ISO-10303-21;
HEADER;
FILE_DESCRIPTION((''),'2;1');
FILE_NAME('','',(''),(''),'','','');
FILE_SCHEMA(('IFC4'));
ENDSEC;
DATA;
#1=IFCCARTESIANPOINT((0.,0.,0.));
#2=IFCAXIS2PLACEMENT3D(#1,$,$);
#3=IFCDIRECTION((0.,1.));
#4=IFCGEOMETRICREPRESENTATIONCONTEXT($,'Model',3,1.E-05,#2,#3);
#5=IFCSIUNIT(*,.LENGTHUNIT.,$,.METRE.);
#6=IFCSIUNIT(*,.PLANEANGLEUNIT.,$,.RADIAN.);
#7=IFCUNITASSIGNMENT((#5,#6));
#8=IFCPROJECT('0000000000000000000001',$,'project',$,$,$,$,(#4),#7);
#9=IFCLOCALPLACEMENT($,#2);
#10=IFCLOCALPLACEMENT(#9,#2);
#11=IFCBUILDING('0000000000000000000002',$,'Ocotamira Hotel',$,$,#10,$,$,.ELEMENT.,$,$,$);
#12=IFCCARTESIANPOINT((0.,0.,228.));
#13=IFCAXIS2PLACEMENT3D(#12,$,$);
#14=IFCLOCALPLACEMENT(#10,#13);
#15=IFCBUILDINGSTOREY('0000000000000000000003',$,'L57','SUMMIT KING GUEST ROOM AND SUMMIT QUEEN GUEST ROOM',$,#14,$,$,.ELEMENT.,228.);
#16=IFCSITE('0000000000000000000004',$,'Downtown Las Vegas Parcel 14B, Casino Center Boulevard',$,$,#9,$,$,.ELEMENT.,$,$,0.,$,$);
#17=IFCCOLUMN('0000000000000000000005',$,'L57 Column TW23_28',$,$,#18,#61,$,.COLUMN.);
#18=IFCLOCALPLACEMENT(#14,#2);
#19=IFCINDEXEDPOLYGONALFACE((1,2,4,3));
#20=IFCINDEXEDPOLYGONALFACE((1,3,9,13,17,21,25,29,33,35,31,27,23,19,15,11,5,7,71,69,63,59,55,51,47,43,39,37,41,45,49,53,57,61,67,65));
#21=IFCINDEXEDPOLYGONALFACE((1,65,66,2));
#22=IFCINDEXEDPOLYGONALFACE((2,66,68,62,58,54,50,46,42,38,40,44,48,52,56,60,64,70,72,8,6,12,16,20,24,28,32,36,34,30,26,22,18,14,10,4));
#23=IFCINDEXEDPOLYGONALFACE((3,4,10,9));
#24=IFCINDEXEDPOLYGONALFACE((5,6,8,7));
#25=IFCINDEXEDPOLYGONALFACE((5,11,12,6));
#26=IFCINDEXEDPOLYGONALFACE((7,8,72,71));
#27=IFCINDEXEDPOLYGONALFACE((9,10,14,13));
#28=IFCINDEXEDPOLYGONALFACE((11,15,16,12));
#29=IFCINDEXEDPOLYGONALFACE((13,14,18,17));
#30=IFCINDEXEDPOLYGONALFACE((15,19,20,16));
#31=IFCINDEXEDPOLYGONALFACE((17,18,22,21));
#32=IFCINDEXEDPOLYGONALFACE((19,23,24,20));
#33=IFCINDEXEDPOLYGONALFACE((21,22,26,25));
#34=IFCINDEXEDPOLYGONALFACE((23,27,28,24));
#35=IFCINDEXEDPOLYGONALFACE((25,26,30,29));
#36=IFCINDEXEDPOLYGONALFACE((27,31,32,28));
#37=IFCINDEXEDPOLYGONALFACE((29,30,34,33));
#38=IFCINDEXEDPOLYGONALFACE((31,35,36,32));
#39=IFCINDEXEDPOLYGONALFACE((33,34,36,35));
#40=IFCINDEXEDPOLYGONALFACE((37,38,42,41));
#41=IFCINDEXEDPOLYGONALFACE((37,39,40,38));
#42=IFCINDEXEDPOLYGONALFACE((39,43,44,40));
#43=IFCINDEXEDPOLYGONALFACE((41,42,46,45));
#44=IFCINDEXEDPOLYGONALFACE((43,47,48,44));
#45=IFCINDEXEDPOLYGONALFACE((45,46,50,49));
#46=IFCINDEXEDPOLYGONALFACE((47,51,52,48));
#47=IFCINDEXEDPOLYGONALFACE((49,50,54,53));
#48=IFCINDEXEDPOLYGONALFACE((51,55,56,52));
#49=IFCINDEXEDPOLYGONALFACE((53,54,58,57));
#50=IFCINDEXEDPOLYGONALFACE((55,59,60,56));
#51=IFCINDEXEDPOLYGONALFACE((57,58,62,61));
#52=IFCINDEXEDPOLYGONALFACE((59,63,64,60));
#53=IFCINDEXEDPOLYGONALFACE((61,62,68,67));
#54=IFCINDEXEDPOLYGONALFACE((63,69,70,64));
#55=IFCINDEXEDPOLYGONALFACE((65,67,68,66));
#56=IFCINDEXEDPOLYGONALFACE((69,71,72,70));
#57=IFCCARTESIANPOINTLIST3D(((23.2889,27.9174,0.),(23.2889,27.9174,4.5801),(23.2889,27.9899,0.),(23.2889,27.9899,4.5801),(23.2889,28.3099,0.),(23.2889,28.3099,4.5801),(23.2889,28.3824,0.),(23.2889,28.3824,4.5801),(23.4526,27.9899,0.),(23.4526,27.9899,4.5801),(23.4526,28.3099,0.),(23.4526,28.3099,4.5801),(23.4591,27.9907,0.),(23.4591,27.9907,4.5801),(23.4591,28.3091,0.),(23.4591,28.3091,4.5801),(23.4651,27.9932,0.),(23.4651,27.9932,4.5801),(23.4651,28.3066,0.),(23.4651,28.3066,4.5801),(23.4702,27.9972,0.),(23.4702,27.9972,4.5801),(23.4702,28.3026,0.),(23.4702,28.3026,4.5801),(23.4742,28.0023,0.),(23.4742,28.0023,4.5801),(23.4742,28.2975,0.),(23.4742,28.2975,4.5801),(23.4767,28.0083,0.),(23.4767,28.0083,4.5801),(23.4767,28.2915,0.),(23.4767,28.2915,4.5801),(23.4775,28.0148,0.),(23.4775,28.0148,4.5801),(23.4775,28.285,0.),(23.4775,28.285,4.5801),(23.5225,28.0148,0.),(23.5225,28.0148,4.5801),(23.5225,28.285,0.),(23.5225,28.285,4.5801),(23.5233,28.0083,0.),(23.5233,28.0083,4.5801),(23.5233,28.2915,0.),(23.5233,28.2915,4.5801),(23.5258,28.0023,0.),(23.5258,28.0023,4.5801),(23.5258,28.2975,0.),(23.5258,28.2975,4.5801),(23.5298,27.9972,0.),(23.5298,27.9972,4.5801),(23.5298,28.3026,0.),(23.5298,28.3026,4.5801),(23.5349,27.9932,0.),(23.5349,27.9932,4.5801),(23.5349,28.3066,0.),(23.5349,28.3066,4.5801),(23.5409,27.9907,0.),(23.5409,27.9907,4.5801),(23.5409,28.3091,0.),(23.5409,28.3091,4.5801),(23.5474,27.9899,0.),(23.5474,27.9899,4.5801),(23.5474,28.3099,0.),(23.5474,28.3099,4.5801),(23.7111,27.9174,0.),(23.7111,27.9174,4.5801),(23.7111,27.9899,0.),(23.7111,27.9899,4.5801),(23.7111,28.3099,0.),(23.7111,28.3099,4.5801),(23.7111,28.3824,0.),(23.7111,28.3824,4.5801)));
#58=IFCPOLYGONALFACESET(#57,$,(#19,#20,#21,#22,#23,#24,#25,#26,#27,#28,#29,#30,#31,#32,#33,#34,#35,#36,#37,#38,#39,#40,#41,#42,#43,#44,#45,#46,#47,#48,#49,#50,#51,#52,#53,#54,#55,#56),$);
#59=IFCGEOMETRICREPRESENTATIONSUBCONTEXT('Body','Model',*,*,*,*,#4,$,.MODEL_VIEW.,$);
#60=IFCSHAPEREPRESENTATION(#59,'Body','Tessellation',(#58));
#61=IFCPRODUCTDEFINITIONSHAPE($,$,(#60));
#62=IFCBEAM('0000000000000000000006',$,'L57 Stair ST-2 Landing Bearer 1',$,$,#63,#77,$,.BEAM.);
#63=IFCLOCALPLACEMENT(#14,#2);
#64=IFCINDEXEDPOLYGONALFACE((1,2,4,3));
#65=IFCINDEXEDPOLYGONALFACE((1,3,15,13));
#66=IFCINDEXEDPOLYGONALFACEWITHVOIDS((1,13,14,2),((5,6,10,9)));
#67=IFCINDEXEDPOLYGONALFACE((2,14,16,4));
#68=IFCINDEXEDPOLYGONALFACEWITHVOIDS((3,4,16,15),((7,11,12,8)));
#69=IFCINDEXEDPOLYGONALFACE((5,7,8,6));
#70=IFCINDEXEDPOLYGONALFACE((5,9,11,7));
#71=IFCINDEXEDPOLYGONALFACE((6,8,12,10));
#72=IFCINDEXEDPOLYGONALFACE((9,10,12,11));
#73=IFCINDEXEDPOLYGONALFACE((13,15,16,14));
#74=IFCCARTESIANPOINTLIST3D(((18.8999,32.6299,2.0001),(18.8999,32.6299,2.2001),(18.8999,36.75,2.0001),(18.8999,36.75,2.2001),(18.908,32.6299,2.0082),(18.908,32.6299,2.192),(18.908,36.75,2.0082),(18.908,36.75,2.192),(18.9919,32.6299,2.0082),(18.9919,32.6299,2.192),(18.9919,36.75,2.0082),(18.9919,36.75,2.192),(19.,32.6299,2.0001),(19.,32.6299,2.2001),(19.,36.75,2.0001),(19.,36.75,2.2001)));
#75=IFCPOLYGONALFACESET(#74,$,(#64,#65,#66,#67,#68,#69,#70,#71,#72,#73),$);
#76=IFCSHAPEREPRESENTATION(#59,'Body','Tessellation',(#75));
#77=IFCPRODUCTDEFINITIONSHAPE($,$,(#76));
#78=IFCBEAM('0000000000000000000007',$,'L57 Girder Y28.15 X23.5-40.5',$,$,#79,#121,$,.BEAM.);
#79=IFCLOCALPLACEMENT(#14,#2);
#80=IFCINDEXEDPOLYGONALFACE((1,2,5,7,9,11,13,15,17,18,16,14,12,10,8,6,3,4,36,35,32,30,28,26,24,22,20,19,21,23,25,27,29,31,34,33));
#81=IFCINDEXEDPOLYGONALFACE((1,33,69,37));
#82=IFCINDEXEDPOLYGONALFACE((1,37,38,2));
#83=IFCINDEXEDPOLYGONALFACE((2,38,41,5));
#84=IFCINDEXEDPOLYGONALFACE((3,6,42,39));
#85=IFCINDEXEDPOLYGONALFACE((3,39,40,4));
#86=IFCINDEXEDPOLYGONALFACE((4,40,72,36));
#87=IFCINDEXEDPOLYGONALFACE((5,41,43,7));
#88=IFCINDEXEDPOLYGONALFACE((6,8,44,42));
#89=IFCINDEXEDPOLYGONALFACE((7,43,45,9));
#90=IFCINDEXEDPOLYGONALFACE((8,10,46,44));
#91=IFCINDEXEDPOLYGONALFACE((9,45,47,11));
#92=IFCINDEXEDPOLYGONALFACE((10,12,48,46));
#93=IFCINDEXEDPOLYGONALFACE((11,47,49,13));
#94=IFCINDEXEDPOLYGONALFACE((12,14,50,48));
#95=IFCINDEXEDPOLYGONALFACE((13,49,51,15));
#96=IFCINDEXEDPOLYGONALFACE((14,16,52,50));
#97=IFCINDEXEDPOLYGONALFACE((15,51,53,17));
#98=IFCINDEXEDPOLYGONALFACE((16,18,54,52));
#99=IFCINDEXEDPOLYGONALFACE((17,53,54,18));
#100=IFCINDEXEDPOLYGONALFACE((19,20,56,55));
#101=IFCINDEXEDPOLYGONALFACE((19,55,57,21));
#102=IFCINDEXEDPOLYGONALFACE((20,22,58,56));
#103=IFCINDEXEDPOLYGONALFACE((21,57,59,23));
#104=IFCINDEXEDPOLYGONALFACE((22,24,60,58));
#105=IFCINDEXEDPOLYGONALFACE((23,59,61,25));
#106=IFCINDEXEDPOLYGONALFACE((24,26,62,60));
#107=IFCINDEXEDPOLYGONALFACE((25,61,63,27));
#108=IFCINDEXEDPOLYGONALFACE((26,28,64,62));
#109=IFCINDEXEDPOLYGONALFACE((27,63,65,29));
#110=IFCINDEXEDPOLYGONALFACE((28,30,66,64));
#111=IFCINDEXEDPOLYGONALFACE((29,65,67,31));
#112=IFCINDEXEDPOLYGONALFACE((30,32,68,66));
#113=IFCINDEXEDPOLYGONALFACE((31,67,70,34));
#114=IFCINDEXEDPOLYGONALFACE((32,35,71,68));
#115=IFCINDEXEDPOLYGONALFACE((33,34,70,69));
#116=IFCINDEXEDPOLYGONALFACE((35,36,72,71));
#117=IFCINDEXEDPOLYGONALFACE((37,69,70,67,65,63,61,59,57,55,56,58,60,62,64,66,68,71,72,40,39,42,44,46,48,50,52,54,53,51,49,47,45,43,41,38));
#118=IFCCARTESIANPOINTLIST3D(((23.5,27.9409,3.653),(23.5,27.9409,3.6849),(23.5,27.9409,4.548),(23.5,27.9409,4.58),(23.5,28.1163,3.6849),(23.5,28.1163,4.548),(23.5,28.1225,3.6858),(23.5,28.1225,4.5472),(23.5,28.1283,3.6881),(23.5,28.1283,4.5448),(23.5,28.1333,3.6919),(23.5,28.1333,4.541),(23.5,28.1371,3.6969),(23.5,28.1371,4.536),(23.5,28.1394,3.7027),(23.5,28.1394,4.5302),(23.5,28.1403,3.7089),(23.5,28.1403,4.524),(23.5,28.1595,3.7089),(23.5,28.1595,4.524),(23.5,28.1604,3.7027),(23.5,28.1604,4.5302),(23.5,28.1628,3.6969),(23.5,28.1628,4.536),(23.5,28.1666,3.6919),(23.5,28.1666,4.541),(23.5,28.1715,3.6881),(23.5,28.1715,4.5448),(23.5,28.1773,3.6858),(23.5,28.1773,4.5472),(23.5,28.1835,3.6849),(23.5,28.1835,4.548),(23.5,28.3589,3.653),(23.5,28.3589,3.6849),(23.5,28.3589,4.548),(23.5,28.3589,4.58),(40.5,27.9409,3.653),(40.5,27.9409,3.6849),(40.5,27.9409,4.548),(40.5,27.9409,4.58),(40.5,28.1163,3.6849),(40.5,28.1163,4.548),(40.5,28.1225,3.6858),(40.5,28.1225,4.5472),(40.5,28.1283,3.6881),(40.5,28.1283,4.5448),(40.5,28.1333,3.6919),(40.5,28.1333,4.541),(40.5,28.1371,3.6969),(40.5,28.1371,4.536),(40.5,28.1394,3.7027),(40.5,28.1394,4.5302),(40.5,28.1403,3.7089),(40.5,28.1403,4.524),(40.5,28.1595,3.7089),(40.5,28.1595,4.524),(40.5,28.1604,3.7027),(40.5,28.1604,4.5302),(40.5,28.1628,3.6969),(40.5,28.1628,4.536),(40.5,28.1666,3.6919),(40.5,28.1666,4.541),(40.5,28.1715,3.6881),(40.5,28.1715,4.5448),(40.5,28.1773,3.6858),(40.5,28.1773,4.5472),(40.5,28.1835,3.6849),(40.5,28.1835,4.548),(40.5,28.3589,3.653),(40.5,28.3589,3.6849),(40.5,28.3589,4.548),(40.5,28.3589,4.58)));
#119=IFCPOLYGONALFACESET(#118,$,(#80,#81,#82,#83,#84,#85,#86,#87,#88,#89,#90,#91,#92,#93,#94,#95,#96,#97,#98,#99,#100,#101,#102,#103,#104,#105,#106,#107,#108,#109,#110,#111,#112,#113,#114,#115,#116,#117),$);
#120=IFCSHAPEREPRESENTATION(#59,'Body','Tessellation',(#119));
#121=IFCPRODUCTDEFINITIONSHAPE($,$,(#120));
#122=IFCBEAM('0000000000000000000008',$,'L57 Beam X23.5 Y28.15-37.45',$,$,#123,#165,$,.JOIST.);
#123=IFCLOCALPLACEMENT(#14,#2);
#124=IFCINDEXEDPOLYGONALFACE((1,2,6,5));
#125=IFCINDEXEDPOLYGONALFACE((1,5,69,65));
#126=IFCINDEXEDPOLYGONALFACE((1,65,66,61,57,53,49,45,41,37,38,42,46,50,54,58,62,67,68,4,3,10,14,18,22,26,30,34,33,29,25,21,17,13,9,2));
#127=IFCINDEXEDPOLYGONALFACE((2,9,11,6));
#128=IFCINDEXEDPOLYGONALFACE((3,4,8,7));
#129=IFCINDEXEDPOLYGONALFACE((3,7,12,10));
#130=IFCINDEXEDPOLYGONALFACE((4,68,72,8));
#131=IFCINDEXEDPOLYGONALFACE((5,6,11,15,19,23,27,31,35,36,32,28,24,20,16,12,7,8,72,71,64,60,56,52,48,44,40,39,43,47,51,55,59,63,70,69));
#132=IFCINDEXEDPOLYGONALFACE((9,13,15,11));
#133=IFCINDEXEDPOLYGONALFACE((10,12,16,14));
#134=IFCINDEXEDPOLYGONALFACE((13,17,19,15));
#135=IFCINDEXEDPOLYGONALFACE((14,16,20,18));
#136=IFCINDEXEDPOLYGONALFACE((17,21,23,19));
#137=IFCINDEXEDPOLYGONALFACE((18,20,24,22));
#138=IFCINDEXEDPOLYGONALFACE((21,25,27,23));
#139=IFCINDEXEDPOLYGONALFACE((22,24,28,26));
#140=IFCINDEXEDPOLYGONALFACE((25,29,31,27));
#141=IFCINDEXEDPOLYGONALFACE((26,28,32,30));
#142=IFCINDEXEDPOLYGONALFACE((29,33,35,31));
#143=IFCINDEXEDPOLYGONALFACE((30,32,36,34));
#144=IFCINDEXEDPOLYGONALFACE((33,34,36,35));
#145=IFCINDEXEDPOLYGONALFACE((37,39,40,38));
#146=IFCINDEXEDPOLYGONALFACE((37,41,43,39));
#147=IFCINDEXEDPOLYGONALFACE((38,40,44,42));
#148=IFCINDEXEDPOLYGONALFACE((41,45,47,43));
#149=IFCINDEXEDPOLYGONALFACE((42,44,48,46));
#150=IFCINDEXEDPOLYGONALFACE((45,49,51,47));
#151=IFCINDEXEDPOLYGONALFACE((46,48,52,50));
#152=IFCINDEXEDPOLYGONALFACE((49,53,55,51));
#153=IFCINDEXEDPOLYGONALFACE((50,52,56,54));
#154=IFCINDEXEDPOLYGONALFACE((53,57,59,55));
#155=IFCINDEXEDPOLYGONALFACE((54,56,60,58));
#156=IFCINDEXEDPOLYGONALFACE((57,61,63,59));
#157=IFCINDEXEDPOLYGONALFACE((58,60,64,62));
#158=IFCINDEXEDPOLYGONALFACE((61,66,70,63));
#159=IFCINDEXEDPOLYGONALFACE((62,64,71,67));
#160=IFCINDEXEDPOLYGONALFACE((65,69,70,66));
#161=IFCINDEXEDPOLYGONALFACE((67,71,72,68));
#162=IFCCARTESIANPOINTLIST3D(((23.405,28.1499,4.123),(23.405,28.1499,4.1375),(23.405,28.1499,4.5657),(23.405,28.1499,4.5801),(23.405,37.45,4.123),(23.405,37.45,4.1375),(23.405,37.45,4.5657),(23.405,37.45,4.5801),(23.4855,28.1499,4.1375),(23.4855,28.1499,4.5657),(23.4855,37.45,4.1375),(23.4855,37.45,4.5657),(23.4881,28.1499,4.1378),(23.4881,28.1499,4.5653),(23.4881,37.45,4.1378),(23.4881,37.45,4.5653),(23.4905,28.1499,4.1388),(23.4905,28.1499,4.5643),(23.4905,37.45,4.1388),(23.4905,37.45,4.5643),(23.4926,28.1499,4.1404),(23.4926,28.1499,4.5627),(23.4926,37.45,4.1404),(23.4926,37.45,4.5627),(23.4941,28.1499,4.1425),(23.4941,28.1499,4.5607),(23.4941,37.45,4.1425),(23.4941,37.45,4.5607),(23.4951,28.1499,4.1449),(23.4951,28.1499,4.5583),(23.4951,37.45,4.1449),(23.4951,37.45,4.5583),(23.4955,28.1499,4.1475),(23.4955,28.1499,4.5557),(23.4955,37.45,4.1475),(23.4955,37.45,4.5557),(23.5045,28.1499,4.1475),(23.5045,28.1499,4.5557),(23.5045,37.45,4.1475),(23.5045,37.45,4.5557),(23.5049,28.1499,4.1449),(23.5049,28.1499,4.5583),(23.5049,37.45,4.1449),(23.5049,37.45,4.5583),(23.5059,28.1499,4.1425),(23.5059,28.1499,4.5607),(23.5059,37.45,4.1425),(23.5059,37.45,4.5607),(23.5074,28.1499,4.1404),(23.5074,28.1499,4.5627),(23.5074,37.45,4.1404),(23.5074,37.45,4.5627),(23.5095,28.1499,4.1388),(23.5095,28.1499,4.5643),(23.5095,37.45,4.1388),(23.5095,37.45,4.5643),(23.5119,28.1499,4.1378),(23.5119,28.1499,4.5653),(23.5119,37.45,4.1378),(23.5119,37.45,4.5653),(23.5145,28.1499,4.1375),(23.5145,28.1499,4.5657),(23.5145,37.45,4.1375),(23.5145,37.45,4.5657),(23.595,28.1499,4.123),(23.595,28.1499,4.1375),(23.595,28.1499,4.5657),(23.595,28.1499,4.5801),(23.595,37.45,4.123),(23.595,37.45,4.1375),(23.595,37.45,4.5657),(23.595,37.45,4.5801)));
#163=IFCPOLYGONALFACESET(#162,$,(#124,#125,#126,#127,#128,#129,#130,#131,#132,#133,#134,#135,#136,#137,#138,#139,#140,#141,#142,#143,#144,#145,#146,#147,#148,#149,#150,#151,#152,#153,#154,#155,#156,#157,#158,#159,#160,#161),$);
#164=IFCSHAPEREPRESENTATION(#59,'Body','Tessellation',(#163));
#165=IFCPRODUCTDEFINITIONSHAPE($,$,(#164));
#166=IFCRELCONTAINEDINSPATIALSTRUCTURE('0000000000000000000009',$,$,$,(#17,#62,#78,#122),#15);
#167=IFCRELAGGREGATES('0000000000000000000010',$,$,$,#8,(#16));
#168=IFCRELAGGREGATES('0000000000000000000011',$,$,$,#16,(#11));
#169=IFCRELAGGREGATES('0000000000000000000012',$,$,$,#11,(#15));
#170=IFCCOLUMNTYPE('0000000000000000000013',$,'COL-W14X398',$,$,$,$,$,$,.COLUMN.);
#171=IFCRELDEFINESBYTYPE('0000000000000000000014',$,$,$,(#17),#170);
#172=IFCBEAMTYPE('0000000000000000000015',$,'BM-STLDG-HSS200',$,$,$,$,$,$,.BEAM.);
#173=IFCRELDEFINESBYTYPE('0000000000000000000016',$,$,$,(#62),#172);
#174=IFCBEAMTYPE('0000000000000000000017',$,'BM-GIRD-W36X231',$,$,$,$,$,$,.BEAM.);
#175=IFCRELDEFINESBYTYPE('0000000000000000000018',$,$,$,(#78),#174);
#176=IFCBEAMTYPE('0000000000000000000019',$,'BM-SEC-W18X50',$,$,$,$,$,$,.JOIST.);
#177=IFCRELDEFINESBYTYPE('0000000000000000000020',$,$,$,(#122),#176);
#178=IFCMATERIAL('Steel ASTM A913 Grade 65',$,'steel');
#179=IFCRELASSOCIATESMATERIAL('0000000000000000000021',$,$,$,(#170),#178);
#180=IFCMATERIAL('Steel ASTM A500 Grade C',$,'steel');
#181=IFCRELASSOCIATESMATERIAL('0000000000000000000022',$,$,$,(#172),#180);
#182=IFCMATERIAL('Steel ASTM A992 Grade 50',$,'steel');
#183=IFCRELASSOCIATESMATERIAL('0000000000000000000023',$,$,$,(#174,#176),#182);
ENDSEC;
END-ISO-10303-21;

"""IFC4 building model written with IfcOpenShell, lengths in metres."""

from ifc_helpers import new_model, si_unit, direction, frame, origin, origin_2d, place, context, subcontext, project, spatial, hollow_rectangle, i_section, extrude, source, transform, mapped, material, material_profile, profile_set, type_object, element, save


model = new_model("IFC4")

# Units and contexts
model_context = context("Model", 3, precision=1e-05, world=origin(), true_north=direction((0.0, 1.0)))
body_context = subcontext(model_context, "Body", "Model", "MODEL_VIEW")
ifc_project = project(units=[si_unit("LENGTHUNIT", "METRE"), si_unit("PLANEANGLEUNIT", "RADIAN")], contexts=[model_context])

# Site, building, storey
site_placement = place(None, origin())
site = spatial("IfcSite", under=ifc_project, at=site_placement, Name="Downtown Las Vegas Parcel 14B, Casino Center Boulevard", CompositionType="ELEMENT", RefElevation=0.0)
building_placement = place(site_placement, origin())
building = spatial("IfcBuilding", under=site, at=building_placement, Name="Ocotamira Hotel", CompositionType="ELEMENT")
storey_placement = place(building_placement, frame((0.0, 0.0, 228.0)))
storey = spatial("IfcBuildingStorey", under=building, at=storey_placement, Name="L57", Description="SUMMIT KING GUEST ROOM AND SUMMIT QUEEN GUEST ROOM", CompositionType="ELEMENT", Elevation=228.0)

# Column
ifc_material_1 = material(Name="Steel ASTM A913 Grade 65", Category="steel")
ifc_material_profile_1 = material_profile(ifc_material_1, i_section(OverallWidth=0.4221, OverallDepth=0.4651, WebThickness=0.0449, FlangeThickness=0.0725, FilletRadius=0.0249, at=origin_2d()), Name="W14X398")
ifc_profile_set_1 = profile_set([ifc_material_profile_1], Name="Steel ASTM A913 Grade 65")
column_type = type_object("IfcColumnType", Name="COL-W14X398", PredefinedType="COLUMN", material=ifc_profile_set_1)
shared_shape_1 = source(origin(), body_context, "Body", "SweptSolid", [
    extrude(i_section(OverallWidth=0.4221, OverallDepth=0.4651, WebThickness=0.0449, FlangeThickness=0.0725, FilletRadius=0.0249, at=origin_2d()), origin(), (0.0, 0.0, 1.0), 4.5801),
])
column_placement = place(storey_placement, frame((23.5, 28.1499, 0.0), z_axis=(0.0, 0.0, 1.0), x_axis=(1.0, 0.0, 0.0)))
element("IfcColumn", 1, at=column_placement, inside=storey, type_object=column_type, Name="L57 Column TW23_28", PredefinedType="COLUMN", context=body_context, shape_type="MappedRepresentation", body=[
    mapped(shared_shape_1, transform((0.0, 0.0, 0.0), scale=1.0)),
])

# Beams
ifc_material_2 = material(Name="Steel ASTM A500 Grade C", Category="steel")
ifc_material_profile_2 = material_profile(ifc_material_2, hollow_rectangle(XDim=0.1001, YDim=0.2, WallThickness=0.0081, at=origin_2d()), Name="HSS200X100X8")
ifc_profile_set_2 = profile_set([ifc_material_profile_2], Name="Steel ASTM A500 Grade C")
beam_type_1 = type_object("IfcBeamType", Name="BM-STLDG-HSS200", PredefinedType="BEAM", material=ifc_profile_set_2)
shared_shape_2 = source(origin(), body_context, "Body", "SweptSolid", [
    extrude(hollow_rectangle(XDim=0.1001, YDim=0.2, WallThickness=0.0081, at=origin_2d()), origin(), (0.0, 0.0, 1.0), 4.1201),
])
beam_1_placement = place(storey_placement, frame((18.95, 32.6299, 2.1001), z_axis=(0.0, 1.0, 0.0), x_axis=(-1.0, 0.0, 0.0)))
element("IfcBeam", 2, at=beam_1_placement, inside=storey, type_object=beam_type_1, Name="L57 Stair ST-2 Landing Bearer 1", PredefinedType="BEAM", context=body_context, shape_type="MappedRepresentation", body=[
    mapped(shared_shape_2, transform((0.0, 0.0, 0.0), scale=1.0)),
])
ifc_material_3 = material(Name="Steel ASTM A992 Grade 50", Category="steel")
ifc_material_profile_3 = material_profile(ifc_material_3, i_section(OverallWidth=0.418, OverallDepth=0.927, WebThickness=0.0193, FlangeThickness=0.032, FilletRadius=0.0239, at=origin_2d()), Name="W36X231")
ifc_profile_set_3 = profile_set([ifc_material_profile_3], Name="Steel ASTM A992 Grade 50")
beam_type_2 = type_object("IfcBeamType", Name="BM-GIRD-W36X231", PredefinedType="BEAM", material=ifc_profile_set_3)
shared_shape_3 = source(origin(), body_context, "Body", "SweptSolid", [
    extrude(i_section(OverallWidth=0.418, OverallDepth=0.927, WebThickness=0.0193, FlangeThickness=0.032, FilletRadius=0.0239, at=origin_2d()), origin(), (0.0, 0.0, 1.0), 17.0),
])
beam_2_placement = place(storey_placement, frame((23.5, 28.1499, 4.1165), z_axis=(1.0, 0.0, 0.0), x_axis=(0.0, 1.0, 0.0)))
element("IfcBeam", 3, at=beam_2_placement, inside=storey, type_object=beam_type_2, Name="L57 Girder Y28.15 X23.5-40.5", PredefinedType="BEAM", context=body_context, shape_type="MappedRepresentation", body=[
    mapped(shared_shape_3, transform((0.0, 0.0, 0.0), scale=1.0)),
])
ifc_material_profile_4 = material_profile(ifc_material_3, i_section(OverallWidth=0.1899, OverallDepth=0.457, WebThickness=0.009, FlangeThickness=0.0144, FilletRadius=0.01, at=origin_2d()), Name="W18X50")
ifc_profile_set_4 = profile_set([ifc_material_profile_4], Name="Steel ASTM A992 Grade 50")
beam_type_3 = type_object("IfcBeamType", Name="BM-SEC-W18X50", PredefinedType="JOIST", material=ifc_profile_set_4)
shared_shape_4 = source(origin(), body_context, "Body", "SweptSolid", [
    extrude(i_section(OverallWidth=0.1899, OverallDepth=0.457, WebThickness=0.009, FlangeThickness=0.0144, FilletRadius=0.01, at=origin_2d()), origin(), (0.0, 0.0, 1.0), 9.3),
])
beam_3_placement = place(storey_placement, frame((23.5, 28.1499, 4.3516), z_axis=(0.0, 1.0, 0.0), x_axis=(-1.0, 0.0, 0.0)))
element("IfcBeam", 4, at=beam_3_placement, inside=storey, type_object=beam_type_3, Name="L57 Beam X23.5 Y28.15-37.45", PredefinedType="JOIST", context=body_context, shape_type="MappedRepresentation", body=[
    mapped(shared_shape_4, transform((0.0, 0.0, 0.0), scale=1.0)),
])

save(model, "model.ifc")
